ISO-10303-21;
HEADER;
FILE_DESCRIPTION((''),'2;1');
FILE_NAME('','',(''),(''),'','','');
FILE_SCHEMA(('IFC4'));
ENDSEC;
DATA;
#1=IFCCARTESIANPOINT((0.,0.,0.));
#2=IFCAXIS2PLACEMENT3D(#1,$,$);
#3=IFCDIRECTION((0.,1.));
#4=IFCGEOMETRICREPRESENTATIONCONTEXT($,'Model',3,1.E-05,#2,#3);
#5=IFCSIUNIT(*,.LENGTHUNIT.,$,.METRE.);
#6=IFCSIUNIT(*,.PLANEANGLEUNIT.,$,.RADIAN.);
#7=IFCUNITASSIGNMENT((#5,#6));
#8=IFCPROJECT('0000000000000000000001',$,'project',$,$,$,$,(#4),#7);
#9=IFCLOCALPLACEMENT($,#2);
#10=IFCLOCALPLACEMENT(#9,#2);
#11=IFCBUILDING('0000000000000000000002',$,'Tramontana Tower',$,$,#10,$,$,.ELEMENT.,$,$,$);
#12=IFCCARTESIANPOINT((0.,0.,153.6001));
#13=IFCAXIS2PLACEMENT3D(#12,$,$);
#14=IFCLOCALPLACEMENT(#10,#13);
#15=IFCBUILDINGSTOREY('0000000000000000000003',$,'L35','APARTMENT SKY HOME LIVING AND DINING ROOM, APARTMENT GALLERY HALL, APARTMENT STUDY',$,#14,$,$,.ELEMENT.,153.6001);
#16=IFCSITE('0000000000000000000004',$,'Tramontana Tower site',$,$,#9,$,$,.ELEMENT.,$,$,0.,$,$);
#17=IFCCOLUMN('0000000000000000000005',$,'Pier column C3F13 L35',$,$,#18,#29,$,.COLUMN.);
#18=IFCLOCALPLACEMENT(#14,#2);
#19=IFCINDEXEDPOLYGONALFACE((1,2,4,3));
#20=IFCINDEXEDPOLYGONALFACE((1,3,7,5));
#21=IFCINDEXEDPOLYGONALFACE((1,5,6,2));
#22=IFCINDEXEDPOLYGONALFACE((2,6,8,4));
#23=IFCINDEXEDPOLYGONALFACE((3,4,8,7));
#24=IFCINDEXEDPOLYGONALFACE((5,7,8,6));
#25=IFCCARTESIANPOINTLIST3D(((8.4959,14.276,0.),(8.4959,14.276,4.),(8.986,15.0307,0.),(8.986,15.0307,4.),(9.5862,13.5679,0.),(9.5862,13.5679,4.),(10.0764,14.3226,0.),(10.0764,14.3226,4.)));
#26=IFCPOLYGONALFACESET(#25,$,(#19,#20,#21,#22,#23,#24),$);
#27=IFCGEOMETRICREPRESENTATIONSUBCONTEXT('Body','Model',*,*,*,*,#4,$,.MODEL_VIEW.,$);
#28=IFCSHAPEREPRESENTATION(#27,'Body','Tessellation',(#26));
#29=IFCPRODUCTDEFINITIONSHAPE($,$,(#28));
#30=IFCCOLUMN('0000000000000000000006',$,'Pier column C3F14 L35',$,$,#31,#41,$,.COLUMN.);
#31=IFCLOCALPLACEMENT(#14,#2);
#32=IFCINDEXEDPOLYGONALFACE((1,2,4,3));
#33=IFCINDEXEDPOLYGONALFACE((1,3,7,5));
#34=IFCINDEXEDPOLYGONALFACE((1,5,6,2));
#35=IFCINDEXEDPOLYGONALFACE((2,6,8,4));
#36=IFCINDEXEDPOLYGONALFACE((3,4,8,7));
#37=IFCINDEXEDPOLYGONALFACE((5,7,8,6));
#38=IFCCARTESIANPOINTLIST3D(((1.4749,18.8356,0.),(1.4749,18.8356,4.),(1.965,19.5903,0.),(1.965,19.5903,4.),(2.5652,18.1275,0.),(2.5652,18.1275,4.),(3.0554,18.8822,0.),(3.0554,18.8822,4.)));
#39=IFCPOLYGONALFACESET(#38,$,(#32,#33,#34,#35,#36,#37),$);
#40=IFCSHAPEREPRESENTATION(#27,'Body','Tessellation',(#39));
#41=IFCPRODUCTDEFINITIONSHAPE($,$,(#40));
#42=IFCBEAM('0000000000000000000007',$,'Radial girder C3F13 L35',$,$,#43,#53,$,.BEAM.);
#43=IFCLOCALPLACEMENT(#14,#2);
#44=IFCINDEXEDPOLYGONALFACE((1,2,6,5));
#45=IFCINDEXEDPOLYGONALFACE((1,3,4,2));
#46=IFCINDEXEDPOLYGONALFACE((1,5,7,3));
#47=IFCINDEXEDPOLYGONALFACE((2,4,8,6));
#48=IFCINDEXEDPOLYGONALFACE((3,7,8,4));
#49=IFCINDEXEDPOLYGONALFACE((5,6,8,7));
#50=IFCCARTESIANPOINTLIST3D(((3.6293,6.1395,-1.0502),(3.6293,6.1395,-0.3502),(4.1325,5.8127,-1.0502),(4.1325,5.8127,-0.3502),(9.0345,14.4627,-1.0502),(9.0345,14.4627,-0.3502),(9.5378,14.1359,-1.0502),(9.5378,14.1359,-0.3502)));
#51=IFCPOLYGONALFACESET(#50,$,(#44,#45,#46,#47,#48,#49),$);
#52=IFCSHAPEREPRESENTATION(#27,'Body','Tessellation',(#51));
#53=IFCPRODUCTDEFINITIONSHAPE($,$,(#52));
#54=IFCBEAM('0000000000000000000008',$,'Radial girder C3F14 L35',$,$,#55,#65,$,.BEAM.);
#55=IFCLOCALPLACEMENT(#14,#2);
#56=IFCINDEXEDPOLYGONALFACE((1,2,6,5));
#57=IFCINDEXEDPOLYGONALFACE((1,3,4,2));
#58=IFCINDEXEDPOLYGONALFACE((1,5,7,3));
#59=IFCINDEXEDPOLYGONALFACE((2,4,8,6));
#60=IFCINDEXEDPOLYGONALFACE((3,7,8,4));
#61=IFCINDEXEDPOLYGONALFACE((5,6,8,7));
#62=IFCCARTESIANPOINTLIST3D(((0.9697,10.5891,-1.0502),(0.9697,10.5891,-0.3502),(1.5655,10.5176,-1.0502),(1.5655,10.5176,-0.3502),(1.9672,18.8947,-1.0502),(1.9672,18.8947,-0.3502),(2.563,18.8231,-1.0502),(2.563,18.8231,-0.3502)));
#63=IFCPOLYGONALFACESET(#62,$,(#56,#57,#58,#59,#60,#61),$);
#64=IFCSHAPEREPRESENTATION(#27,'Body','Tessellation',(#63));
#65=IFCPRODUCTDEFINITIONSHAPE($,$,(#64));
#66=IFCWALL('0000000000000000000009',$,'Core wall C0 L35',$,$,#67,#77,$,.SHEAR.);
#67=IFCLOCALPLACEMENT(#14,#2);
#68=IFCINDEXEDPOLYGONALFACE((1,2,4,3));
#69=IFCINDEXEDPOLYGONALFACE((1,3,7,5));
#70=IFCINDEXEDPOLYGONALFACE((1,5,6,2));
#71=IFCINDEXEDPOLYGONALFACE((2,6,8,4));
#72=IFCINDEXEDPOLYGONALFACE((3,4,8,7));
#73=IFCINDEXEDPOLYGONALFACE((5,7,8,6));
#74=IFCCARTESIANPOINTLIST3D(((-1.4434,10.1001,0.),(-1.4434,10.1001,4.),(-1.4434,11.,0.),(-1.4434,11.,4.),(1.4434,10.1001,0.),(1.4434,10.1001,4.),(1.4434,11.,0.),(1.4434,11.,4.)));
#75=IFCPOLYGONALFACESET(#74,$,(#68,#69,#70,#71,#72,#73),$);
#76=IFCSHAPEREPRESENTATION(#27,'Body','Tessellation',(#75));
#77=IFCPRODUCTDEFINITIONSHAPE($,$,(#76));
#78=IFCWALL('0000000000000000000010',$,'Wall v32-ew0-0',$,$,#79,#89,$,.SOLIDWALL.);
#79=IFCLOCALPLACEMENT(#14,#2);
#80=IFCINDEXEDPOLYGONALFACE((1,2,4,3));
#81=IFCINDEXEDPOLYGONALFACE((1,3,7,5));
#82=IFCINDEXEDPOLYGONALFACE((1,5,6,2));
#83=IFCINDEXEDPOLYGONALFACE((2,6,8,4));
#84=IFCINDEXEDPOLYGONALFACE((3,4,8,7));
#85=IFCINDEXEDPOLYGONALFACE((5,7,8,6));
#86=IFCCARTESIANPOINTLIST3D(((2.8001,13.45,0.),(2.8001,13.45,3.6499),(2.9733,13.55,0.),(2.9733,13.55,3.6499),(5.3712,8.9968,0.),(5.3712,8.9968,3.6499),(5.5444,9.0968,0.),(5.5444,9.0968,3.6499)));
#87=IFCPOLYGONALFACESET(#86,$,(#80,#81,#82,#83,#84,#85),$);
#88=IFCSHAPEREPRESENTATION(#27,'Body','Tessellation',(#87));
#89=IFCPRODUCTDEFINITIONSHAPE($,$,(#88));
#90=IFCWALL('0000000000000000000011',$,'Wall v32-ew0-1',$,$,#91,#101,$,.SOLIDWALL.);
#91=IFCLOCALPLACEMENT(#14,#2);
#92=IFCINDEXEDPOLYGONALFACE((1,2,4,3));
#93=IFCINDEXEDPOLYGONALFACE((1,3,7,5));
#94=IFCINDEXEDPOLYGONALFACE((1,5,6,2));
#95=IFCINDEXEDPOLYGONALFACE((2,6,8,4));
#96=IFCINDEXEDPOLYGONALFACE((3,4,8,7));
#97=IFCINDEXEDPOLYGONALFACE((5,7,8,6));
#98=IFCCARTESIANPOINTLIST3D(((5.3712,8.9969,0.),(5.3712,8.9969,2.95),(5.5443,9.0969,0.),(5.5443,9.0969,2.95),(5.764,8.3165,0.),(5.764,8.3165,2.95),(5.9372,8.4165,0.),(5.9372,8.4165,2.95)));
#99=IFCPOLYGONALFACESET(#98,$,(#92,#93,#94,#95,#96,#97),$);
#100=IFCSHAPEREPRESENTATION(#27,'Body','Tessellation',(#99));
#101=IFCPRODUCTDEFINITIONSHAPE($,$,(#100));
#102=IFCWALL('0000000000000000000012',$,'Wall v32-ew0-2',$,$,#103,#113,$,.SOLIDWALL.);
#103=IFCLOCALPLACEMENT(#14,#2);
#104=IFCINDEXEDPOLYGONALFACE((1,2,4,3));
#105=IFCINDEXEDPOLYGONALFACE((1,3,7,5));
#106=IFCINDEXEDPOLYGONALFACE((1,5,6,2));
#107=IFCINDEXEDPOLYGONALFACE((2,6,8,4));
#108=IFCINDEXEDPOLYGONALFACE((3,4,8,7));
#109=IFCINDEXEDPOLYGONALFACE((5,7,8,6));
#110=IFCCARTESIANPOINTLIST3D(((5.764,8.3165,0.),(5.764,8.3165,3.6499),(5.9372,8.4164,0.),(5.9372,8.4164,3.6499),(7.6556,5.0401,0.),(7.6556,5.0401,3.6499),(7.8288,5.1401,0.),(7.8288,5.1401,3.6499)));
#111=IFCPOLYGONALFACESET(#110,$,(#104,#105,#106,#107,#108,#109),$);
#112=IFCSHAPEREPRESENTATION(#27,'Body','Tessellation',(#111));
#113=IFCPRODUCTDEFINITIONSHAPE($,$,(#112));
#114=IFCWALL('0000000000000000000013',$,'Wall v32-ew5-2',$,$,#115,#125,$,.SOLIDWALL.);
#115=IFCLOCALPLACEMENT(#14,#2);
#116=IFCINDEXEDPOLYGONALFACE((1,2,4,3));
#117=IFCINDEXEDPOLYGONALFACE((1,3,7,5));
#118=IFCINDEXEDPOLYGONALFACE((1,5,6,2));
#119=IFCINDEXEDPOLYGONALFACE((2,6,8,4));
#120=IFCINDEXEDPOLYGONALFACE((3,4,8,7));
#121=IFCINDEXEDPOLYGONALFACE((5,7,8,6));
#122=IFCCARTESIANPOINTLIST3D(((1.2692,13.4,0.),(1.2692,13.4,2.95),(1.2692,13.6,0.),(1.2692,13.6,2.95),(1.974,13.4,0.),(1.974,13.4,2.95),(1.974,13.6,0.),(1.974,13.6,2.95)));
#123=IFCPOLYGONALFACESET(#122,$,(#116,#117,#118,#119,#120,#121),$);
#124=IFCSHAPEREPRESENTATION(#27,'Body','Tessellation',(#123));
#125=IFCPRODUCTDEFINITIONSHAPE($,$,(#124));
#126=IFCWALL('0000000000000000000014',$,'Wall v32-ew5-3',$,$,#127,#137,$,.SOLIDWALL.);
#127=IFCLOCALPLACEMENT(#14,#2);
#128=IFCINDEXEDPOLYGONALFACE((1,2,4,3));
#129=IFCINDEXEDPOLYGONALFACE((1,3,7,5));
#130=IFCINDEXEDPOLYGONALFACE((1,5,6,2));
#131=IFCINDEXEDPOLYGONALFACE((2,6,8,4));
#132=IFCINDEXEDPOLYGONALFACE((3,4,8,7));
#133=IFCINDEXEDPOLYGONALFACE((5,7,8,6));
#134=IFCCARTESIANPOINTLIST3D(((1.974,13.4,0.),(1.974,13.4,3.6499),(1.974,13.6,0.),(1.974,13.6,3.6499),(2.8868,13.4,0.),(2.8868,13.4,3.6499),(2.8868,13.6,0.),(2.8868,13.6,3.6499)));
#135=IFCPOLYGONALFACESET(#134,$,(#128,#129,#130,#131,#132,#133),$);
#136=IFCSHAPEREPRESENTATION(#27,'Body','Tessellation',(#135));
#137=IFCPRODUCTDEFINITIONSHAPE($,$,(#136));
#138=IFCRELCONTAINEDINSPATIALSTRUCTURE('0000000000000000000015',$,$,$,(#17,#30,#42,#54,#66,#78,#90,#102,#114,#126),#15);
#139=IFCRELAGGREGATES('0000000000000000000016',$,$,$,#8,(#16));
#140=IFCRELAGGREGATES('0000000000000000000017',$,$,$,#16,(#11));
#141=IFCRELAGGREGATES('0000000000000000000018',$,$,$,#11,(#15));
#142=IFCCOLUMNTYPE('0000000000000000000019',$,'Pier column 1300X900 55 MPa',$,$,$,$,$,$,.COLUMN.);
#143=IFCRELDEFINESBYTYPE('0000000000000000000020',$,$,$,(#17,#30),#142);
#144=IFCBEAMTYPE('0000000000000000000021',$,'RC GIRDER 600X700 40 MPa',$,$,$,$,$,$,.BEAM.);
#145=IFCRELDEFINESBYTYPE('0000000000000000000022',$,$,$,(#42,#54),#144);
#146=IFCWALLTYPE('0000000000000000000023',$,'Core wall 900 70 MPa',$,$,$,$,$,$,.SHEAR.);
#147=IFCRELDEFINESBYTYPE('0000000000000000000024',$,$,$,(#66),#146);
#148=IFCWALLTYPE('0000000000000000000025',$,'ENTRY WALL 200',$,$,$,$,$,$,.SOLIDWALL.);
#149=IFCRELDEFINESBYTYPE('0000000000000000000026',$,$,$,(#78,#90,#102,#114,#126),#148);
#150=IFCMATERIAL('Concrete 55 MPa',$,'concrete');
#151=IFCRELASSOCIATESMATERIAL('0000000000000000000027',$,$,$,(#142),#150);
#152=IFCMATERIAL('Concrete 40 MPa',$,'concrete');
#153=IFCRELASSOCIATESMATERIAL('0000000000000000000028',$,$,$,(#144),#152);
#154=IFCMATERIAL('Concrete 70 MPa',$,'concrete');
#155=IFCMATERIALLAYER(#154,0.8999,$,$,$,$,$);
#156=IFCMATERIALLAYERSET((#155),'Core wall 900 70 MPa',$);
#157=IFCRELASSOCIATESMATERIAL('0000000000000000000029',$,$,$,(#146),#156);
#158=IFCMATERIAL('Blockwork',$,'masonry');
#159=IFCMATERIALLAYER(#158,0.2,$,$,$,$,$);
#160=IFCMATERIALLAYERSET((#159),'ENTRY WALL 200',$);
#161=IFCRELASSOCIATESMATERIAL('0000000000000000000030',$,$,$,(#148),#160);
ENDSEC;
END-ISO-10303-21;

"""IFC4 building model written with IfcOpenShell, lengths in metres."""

from ifc_helpers import new_model, si_unit, direction, frame, frame_2d, origin, origin_2d, place, context, subcontext, project, spatial, rectangle, extrude, material, layer, layer_set, material_profile, profile_set, type_object, element, save


model = new_model("IFC4")

# Units and contexts
model_context = context("Model", 3, precision=1e-05, world=origin(), true_north=direction((0.0, 1.0)))
body_context = subcontext(model_context, "Body", "Model", "MODEL_VIEW")
ifc_project = project(units=[si_unit("LENGTHUNIT", "METRE"), si_unit("PLANEANGLEUNIT", "RADIAN")], contexts=[model_context])

# Site, building, storey
site_placement = place(None, origin())
site = spatial("IfcSite", under=ifc_project, at=site_placement, Name="Tramontana Tower site", CompositionType="ELEMENT", RefElevation=0.0)
building_placement = place(site_placement, origin())
building = spatial("IfcBuilding", under=site, at=building_placement, Name="Tramontana Tower", CompositionType="ELEMENT")
storey_placement = place(building_placement, frame((0.0, 0.0, 153.6001)))
storey = spatial("IfcBuildingStorey", under=building, at=storey_placement, Name="L35", Description="APARTMENT SKY HOME LIVING AND DINING ROOM, APARTMENT GALLERY HALL, APARTMENT STUDY", CompositionType="ELEMENT", Elevation=153.6001)

# Columns
ifc_material_1 = material(Name="Concrete 55 MPa", Category="concrete")
ifc_material_profile_1 = material_profile(ifc_material_1, rectangle(XDim=1.3, YDim=0.8999, at=origin_2d()), Name="Pier column 1300X900 55 MPa")
ifc_profile_set_1 = profile_set([ifc_material_profile_1], Name="Concrete 55 MPa")
column_type = type_object("IfcColumnType", Name="Pier column 1300X900 55 MPa", PredefinedType="COLUMN", material=ifc_profile_set_1)
for number, where, z_axis, x_axis, name in (
    (1, (9.2861, 14.2993, 0.0), (0.0, 0.0, 1.0), (-0.838671, 0.544639, 0.0), "Pier column C3F13 L35"),
    (2, (2.2651, 18.8589, 0.0), (0.0, 0.0, 1.0), (-0.838671, 0.544639, 0.0), "Pier column C3F14 L35"),
):
    element("IfcColumn", number, at=place(storey_placement, frame(where, z_axis=z_axis, x_axis=x_axis)), inside=storey, type_object=column_type, Name=name, PredefinedType="COLUMN", context=body_context, shape_type="SweptSolid", body=[
        extrude(rectangle(XDim=1.3, YDim=0.8999, at=origin_2d()), origin(), (0.0, 0.0, 1.0), 4.0),
    ])

# Beams
ifc_material_2 = material(Name="Concrete 40 MPa", Category="concrete")
ifc_material_profile_2 = material_profile(ifc_material_2, rectangle(XDim=0.6001, YDim=0.7, at=origin_2d()), Name="RC GIRDER 600X700 40 MPa")
ifc_profile_set_2 = profile_set([ifc_material_profile_2], Name="Concrete 40 MPa")
beam_type = type_object("IfcBeamType", Name="RC GIRDER 600X700 40 MPa", PredefinedType="BEAM", material=ifc_profile_set_2)
beam_1_placement = place(storey_placement, frame((9.2861, 14.2993, -0.7002), z_axis=(-0.544646, -0.838666, 0.0), x_axis=(0.838666, -0.544646, 0.0)))
element("IfcBeam", 3, at=beam_1_placement, inside=storey, type_object=beam_type, Name="Radial girder C3F13 L35", PredefinedType="BEAM", context=body_context, shape_type="SweptSolid", body=[
    extrude(rectangle(XDim=0.6001, YDim=0.7, at=origin_2d()), origin(), (0.0, 0.0, 1.0), 9.9243),
])
beam_2_placement = place(storey_placement, frame((2.2651, 18.8589, -0.7002), z_axis=(-0.119249, -0.992864, 0.0), x_axis=(0.992864, -0.119249, 0.0)))
element("IfcBeam", 4, at=beam_2_placement, inside=storey, type_object=beam_type, Name="Radial girder C3F14 L35", PredefinedType="BEAM", context=body_context, shape_type="SweptSolid", body=[
    extrude(rectangle(XDim=0.6001, YDim=0.7, at=origin_2d()), origin(), (0.0, 0.0, 1.0), 8.3652),
])

# Walls
ifc_material_3 = material(Name="Concrete 70 MPa", Category="concrete")
ifc_layer_1 = layer(ifc_material_3, 0.8999)
ifc_layer_set_1 = layer_set([ifc_layer_1], Name="Core wall 900 70 MPa")
wall_type_1 = type_object("IfcWallType", Name="Core wall 900 70 MPa", PredefinedType="SHEAR", material=ifc_layer_set_1)
wall_1_placement = place(storey_placement, frame((1.4434, 10.55, 0.0), z_axis=(0.0, 0.0, 1.0), x_axis=(-1.0, 0.0, 0.0)))
element("IfcWall", 5, at=wall_1_placement, inside=storey, type_object=wall_type_1, Name="Core wall C0 L35", PredefinedType="SHEAR", context=body_context, shape_type="SweptSolid", body=[
    extrude(rectangle(XDim=2.8867, YDim=0.8999, at=frame_2d((1.4434, 0.0))), origin(), (0.0, 0.0, 1.0), 4.0),
])
ifc_material_4 = material(Name="Blockwork", Category="masonry")
ifc_layer_2 = layer(ifc_material_4, 0.2)
ifc_layer_set_2 = layer_set([ifc_layer_2], Name="ENTRY WALL 200")
wall_type_2 = type_object("IfcWallType", Name="ENTRY WALL 200", PredefinedType="SOLIDWALL", material=ifc_layer_set_2)
wall_2_placement = place(storey_placement, frame((2.8867, 13.5, 0.0), z_axis=(0.0, 0.0, 1.0), x_axis=(0.500005, -0.866023, 0.0)))
element("IfcWall", 6, at=wall_2_placement, inside=storey, type_object=wall_type_2, Name="Wall v32-ew0-0", PredefinedType="SOLIDWALL", context=body_context, shape_type="SweptSolid", body=[
    extrude(rectangle(XDim=5.1421, YDim=0.2, at=frame_2d((2.571, 0.0))), origin(), (0.0, 0.0, 1.0), 3.6499),
])
wall_3_placement = place(storey_placement, frame((5.4578, 9.0469, 0.0), z_axis=(0.0, 0.0, 1.0), x_axis=(0.499982, -0.866036, 0.0)))
element("IfcWall", 7, at=wall_3_placement, inside=storey, type_object=wall_type_2, Name="Wall v32-ew0-1", PredefinedType="SOLIDWALL", context=body_context, shape_type="SweptSolid", body=[
    extrude(rectangle(XDim=0.7856, YDim=0.2, at=frame_2d((0.3928, 0.0))), origin(), (0.0, 0.0, 1.0), 2.95),
])
wall_4_placement = place(storey_placement, frame((5.8506, 8.3665, 0.0), z_axis=(0.0, 0.0, 1.0), x_axis=(0.499998, -0.866027, 0.0)))
element("IfcWall", 8, at=wall_4_placement, inside=storey, type_object=wall_type_2, Name="Wall v32-ew0-2", PredefinedType="SOLIDWALL", context=body_context, shape_type="SweptSolid", body=[
    extrude(rectangle(XDim=3.7832, YDim=0.2, at=frame_2d((1.8916, 0.0))), origin(), (0.0, 0.0, 1.0), 3.6499),
])
wall_5_placement = place(storey_placement, frame((1.269, 13.5, 0.0), z_axis=(0.0, 0.0, 1.0), x_axis=(1.0, 0.0, 0.0)))
element("IfcWall", 9, at=wall_5_placement, inside=storey, type_object=wall_type_2, Name="Wall v32-ew5-2", PredefinedType="SOLIDWALL", context=body_context, shape_type="SweptSolid", body=[
    extrude(rectangle(XDim=0.7048, YDim=0.2, at=frame_2d((0.3525, 0.0))), origin(), (0.0, 0.0, 1.0), 2.95),
])
wall_6_placement = place(storey_placement, frame((1.9739, 13.5, 0.0), z_axis=(0.0, 0.0, 1.0), x_axis=(1.0, 0.0, 0.0)))
element("IfcWall", 10, at=wall_6_placement, inside=storey, type_object=wall_type_2, Name="Wall v32-ew5-3", PredefinedType="SOLIDWALL", context=body_context, shape_type="SweptSolid", body=[
    extrude(rectangle(XDim=0.9128, YDim=0.2, at=frame_2d((0.4565, 0.0))), origin(), (0.0, 0.0, 1.0), 3.6499),
])

save(model, "model.ifc")
